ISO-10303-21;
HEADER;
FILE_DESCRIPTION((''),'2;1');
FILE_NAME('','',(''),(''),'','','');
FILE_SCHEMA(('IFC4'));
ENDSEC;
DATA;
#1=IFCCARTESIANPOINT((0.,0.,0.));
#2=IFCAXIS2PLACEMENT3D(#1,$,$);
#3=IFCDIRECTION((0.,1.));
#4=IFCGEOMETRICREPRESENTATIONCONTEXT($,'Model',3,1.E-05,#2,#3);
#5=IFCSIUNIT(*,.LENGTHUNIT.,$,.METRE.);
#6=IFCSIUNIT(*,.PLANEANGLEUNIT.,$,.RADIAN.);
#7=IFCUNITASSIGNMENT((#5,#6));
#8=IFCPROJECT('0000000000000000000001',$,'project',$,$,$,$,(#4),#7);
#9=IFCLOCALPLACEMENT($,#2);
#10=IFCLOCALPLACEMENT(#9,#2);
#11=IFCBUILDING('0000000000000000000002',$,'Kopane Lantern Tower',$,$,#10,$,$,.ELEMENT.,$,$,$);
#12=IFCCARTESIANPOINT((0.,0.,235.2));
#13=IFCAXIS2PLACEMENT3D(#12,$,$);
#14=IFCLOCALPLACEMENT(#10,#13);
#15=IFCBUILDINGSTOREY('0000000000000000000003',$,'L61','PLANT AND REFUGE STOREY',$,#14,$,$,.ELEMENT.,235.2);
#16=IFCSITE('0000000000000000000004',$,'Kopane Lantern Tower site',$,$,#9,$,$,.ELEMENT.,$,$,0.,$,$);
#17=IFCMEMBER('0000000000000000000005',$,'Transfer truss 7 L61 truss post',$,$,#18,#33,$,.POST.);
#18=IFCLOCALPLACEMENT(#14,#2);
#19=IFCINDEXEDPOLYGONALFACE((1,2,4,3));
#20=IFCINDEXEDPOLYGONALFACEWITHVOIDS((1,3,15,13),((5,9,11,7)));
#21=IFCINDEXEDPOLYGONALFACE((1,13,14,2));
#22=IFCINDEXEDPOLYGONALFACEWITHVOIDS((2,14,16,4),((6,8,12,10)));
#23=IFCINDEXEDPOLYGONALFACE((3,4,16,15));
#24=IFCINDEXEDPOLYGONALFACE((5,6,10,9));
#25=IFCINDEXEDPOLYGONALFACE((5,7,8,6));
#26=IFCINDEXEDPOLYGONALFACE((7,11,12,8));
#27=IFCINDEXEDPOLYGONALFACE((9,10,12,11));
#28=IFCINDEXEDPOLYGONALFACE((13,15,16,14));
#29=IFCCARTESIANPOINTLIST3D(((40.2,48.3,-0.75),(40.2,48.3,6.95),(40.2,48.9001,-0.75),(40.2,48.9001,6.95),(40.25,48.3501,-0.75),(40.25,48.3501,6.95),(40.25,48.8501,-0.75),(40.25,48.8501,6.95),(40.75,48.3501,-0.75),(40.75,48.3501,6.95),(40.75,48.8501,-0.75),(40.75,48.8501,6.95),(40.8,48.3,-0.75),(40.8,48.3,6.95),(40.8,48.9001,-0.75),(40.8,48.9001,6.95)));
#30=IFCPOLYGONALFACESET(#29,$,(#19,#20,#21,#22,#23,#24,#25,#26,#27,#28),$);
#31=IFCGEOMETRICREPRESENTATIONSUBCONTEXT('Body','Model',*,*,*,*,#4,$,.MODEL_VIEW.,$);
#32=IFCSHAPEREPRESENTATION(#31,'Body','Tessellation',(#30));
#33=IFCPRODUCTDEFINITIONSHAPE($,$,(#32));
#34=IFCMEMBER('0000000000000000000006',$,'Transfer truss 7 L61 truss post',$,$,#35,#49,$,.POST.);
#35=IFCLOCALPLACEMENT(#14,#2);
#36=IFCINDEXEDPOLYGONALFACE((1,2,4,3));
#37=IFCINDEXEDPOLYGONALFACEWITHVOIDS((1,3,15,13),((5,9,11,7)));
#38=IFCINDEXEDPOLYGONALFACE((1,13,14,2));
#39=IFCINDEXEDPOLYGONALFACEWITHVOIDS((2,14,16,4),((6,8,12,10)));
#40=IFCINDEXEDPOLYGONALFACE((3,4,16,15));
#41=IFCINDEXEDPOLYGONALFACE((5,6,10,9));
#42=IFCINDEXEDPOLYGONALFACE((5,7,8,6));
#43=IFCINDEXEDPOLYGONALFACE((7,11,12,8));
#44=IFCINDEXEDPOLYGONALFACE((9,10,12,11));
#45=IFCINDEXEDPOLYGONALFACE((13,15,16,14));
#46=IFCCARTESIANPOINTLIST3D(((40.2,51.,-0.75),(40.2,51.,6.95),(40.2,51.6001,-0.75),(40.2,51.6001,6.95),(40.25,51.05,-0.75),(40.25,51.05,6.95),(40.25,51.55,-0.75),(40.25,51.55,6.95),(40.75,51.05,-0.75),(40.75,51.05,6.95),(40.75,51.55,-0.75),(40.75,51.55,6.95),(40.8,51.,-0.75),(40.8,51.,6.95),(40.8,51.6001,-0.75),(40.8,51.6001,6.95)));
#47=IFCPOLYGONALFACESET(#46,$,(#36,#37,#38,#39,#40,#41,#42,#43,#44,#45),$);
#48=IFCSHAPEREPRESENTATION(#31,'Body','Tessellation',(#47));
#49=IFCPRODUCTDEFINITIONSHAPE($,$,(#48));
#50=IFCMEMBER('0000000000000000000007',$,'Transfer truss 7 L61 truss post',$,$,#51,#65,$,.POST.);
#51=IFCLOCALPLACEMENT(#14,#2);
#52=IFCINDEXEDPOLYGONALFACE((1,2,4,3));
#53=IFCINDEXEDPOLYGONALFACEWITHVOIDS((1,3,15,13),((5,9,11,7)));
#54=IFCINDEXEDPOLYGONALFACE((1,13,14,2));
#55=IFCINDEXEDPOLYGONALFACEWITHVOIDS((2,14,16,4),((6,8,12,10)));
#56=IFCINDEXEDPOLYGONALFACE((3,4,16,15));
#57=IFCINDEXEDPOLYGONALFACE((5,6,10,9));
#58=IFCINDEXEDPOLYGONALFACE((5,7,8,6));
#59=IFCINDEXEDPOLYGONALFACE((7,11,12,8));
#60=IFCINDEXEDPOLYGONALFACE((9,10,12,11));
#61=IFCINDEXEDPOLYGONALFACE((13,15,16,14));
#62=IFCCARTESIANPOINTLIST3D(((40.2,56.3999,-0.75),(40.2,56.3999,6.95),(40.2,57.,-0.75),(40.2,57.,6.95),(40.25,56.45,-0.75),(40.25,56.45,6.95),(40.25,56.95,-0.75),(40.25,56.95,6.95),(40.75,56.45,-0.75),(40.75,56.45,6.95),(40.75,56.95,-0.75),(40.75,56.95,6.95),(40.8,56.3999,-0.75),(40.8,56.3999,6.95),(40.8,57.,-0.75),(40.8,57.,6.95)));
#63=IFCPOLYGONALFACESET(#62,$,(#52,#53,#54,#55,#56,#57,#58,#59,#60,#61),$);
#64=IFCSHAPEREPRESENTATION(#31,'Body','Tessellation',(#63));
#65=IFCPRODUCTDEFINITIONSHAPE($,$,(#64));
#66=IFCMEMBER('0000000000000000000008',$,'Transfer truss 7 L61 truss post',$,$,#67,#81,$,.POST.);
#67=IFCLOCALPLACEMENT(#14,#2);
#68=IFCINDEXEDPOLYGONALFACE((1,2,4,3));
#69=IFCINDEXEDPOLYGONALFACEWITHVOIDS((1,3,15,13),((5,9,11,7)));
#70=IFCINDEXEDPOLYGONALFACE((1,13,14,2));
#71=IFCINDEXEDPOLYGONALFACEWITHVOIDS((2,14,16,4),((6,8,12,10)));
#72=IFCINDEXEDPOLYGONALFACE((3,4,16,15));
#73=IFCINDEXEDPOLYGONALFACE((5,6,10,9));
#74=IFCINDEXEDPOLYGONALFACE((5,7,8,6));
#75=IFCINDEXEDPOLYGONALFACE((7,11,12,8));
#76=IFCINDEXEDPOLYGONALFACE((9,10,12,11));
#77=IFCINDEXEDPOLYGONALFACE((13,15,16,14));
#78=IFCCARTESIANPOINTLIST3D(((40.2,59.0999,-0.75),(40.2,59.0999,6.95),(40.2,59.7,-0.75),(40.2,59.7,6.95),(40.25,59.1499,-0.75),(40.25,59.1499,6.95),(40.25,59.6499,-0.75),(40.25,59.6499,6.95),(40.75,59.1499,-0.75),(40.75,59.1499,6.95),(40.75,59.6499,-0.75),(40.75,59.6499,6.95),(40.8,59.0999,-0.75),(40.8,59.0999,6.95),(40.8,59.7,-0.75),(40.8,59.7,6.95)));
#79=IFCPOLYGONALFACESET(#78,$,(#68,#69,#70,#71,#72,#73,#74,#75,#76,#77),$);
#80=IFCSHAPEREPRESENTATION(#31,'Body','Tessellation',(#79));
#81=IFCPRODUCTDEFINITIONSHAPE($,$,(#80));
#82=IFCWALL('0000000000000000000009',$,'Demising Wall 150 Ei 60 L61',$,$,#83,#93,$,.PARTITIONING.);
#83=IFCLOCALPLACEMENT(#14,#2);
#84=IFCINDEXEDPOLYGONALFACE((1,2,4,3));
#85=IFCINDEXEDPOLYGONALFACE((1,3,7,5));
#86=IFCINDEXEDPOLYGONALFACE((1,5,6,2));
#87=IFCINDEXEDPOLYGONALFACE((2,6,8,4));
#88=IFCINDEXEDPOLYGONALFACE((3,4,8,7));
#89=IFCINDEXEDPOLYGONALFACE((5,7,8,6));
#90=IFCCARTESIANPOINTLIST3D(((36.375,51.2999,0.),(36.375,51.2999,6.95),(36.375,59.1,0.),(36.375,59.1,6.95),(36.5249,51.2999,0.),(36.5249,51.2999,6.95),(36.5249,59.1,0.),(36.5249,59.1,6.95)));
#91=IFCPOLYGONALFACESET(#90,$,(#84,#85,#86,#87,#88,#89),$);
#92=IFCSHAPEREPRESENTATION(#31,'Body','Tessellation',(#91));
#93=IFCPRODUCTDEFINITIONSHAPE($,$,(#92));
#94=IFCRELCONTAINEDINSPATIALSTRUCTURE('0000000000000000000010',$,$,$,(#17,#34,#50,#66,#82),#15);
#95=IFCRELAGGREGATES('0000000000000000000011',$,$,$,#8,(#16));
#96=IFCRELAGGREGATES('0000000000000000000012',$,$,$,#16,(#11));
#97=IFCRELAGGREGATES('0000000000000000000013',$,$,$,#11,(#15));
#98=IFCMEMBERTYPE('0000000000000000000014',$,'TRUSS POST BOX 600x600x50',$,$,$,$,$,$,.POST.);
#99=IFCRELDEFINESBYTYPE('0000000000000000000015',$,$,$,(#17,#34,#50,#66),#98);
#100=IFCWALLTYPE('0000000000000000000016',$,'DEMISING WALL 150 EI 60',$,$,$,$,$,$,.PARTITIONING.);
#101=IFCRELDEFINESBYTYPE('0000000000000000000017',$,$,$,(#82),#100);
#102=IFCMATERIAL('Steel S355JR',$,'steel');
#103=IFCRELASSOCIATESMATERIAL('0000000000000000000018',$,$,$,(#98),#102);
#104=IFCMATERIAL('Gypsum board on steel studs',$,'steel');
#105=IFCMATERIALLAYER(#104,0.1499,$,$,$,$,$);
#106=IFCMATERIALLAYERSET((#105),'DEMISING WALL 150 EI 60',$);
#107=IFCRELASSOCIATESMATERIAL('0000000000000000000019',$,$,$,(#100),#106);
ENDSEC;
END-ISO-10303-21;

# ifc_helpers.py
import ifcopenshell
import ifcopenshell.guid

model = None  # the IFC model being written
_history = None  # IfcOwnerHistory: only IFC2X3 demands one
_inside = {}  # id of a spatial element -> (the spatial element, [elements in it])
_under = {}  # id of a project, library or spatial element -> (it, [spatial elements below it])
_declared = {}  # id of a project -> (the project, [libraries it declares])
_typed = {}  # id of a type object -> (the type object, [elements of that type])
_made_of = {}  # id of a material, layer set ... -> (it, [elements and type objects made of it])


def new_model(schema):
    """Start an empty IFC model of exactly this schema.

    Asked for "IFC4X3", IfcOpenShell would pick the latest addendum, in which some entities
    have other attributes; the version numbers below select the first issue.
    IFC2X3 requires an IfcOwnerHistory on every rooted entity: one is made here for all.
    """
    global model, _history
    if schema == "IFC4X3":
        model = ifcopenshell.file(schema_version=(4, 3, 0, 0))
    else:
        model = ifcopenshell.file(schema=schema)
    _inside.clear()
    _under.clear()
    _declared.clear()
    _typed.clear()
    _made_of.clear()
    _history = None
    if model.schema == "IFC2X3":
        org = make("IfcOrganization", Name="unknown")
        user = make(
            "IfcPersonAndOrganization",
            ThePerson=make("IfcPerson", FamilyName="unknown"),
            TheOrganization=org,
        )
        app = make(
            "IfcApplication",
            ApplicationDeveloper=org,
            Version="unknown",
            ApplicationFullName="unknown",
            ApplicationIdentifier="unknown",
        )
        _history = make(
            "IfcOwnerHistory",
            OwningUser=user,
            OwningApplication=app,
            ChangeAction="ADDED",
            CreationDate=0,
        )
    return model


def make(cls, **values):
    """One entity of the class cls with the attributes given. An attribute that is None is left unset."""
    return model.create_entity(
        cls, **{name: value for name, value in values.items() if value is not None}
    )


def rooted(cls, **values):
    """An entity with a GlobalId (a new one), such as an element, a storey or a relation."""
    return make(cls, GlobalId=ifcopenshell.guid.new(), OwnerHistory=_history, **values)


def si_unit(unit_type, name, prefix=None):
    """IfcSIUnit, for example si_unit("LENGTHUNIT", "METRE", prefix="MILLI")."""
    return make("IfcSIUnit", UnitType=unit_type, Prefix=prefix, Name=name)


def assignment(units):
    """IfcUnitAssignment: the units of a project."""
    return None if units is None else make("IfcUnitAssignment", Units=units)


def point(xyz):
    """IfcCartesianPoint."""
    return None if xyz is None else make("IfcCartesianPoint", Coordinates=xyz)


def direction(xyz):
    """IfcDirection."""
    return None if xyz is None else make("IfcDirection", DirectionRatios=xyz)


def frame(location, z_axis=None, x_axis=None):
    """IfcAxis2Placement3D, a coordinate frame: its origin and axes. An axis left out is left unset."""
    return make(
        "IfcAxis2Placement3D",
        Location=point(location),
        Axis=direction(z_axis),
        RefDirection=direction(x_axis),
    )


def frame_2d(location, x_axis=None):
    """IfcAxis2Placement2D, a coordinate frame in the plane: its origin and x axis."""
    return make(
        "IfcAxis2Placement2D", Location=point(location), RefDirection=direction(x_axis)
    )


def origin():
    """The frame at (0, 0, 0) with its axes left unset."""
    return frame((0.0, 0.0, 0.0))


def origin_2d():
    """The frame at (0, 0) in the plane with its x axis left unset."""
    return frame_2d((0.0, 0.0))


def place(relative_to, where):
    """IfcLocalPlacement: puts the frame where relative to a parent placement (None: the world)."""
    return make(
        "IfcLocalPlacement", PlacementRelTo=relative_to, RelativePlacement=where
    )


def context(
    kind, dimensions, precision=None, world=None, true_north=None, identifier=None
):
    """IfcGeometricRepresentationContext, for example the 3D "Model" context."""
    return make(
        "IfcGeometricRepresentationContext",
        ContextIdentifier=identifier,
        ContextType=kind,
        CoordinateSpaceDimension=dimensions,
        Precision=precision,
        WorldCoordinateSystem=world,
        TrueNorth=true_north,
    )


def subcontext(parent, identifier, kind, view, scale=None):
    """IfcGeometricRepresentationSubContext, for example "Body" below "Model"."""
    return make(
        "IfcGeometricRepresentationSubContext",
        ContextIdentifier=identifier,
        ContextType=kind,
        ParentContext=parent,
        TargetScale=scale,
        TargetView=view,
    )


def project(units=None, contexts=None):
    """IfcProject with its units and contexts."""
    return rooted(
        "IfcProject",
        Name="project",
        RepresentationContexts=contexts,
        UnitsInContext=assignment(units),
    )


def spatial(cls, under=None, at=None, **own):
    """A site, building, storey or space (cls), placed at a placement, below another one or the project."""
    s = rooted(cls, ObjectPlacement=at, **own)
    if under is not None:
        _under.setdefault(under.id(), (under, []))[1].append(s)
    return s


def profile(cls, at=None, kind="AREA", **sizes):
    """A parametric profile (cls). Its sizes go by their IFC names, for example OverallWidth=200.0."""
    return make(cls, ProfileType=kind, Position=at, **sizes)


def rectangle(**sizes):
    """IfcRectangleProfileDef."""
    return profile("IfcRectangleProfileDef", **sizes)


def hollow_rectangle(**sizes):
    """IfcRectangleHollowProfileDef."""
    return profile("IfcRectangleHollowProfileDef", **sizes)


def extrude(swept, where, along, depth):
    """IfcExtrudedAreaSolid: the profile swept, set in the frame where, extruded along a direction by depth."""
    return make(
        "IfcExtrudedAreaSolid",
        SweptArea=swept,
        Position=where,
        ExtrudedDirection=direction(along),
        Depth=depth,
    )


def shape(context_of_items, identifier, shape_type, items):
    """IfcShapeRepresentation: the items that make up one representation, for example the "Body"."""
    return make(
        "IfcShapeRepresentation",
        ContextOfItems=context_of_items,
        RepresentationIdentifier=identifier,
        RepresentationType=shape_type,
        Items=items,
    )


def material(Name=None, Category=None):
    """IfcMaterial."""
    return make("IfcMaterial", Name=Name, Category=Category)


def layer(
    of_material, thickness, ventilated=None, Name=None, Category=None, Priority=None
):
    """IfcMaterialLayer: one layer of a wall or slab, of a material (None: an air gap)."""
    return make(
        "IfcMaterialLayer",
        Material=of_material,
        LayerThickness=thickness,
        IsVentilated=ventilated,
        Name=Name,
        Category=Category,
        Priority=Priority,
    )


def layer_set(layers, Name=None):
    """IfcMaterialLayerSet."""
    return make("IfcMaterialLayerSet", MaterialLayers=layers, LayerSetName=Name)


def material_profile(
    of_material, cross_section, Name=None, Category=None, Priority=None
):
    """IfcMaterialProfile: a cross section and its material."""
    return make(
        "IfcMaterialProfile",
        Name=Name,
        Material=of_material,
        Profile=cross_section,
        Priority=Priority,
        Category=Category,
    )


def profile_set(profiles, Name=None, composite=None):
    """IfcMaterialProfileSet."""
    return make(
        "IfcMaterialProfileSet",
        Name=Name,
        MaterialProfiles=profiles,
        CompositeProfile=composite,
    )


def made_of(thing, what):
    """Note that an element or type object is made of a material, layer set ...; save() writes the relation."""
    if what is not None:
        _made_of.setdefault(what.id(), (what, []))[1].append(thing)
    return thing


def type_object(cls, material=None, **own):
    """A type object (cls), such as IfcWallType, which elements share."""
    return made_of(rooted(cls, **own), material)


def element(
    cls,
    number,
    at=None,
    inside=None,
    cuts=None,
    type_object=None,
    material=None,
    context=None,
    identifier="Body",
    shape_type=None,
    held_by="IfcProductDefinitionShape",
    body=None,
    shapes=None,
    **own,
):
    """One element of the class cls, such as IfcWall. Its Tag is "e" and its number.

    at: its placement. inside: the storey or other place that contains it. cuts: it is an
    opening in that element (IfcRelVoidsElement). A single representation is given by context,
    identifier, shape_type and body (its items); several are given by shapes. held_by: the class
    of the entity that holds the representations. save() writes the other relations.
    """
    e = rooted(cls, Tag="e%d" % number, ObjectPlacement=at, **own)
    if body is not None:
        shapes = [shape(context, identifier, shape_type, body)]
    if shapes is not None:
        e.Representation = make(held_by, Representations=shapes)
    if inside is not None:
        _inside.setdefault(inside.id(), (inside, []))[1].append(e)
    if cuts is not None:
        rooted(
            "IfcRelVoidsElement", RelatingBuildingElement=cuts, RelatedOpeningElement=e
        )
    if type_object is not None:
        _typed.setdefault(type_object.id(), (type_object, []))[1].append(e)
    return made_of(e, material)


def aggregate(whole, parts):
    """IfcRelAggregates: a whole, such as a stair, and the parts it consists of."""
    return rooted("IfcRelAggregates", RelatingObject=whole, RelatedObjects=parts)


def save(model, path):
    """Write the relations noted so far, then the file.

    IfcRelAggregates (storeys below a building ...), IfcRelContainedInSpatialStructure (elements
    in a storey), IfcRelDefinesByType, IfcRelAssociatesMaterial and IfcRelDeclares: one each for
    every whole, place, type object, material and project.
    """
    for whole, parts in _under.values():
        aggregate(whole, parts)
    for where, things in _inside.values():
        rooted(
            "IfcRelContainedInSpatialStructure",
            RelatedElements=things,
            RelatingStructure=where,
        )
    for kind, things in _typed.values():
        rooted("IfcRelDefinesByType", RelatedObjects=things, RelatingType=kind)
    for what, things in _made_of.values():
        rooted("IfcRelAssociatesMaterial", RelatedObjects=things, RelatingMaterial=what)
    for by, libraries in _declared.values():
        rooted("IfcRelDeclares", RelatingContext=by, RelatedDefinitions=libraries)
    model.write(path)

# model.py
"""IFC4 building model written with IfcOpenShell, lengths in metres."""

from ifc_helpers import new_model, si_unit, direction, frame, frame_2d, origin, origin_2d, place, context, subcontext, project, spatial, rectangle, hollow_rectangle, extrude, material, layer, layer_set, material_profile, profile_set, type_object, element, save


model = new_model("IFC4")

# Units and contexts
model_context = context("Model", 3, precision=1e-05, world=origin(), true_north=direction((0.0, 1.0)))
body_context = subcontext(model_context, "Body", "Model", "MODEL_VIEW")
ifc_project = project(units=[si_unit("LENGTHUNIT", "METRE"), si_unit("PLANEANGLEUNIT", "RADIAN")], contexts=[model_context])

# Site, building, storey
site_placement = place(None, origin())
site = spatial("IfcSite", under=ifc_project, at=site_placement, Name="Kopane Lantern Tower site", CompositionType="ELEMENT", RefElevation=0.0)
building_placement = place(site_placement, origin())
building = spatial("IfcBuilding", under=site, at=building_placement, Name="Kopane Lantern Tower", CompositionType="ELEMENT")
storey_placement = place(building_placement, frame((0.0, 0.0, 235.2)))
storey = spatial("IfcBuildingStorey", under=building, at=storey_placement, Name="L61", Description="PLANT AND REFUGE STOREY", CompositionType="ELEMENT", Elevation=235.2)

# Members
ifc_material_1 = material(Name="Steel S355JR", Category="steel")
ifc_material_profile_1 = material_profile(ifc_material_1, hollow_rectangle(XDim=0.6001, YDim=0.6001, WallThickness=0.05, at=origin_2d()), Name="BOX 600x600x50")
ifc_profile_set_1 = profile_set([ifc_material_profile_1], Name="Steel S355JR")
member_type_1 = type_object("IfcMemberType", Name="TRUSS POST BOX 600x600x50", PredefinedType="POST", material=ifc_profile_set_1)
for number, where, z_axis, x_axis, name in (
    (1, (40.5, 48.6001, -0.75), (0.0, 0.0, 1.0), (1.0, 0.0, 0.0), "Transfer truss 7 L61 truss post"),
    (2, (40.5, 51.3, -0.75), (0.0, 0.0, 1.0), (1.0, 0.0, 0.0), "Transfer truss 7 L61 truss post"),
    (3, (40.5, 56.7, -0.75), (0.0, 0.0, 1.0), (1.0, 0.0, 0.0), "Transfer truss 7 L61 truss post"),
    (4, (40.5, 59.3999, -0.75), (0.0, 0.0, 1.0), (1.0, 0.0, 0.0), "Transfer truss 7 L61 truss post"),
):
    element("IfcMember", number, at=place(storey_placement, frame(where, z_axis=z_axis, x_axis=x_axis)), inside=storey, type_object=member_type_1, Name=name, PredefinedType="POST", context=body_context, shape_type="SweptSolid", body=[
        extrude(hollow_rectangle(XDim=0.6001, YDim=0.6001, WallThickness=0.05, at=origin_2d()), origin(), (0.0, 0.0, 1.0), 7.7),
    ])

# Wall
ifc_material_2 = material(Name="Gypsum board on steel studs", Category="steel")
ifc_layer = layer(ifc_material_2, 0.1499)
ifc_layer_set = layer_set([ifc_layer], Name="DEMISING WALL 150 EI 60")
wall_type = type_object("IfcWallType", Name="DEMISING WALL 150 EI 60", PredefinedType="PARTITIONING", material=ifc_layer_set)
wall_placement = place(storey_placement, frame((36.45, 51.3, 0.0), z_axis=(0.0, 0.0, 1.0), x_axis=(0.0, 1.0, 0.0)))
element("IfcWall", 5, at=wall_placement, inside=storey, type_object=wall_type, Name="Demising Wall 150 Ei 60 L61", PredefinedType="PARTITIONING", context=body_context, shape_type="SweptSolid", body=[
    extrude(rectangle(XDim=7.8, YDim=0.1499, at=frame_2d((3.8999, 0.0))), origin(), (0.0, 0.0, 1.0), 6.95),
])

save(model, "model.ifc")
